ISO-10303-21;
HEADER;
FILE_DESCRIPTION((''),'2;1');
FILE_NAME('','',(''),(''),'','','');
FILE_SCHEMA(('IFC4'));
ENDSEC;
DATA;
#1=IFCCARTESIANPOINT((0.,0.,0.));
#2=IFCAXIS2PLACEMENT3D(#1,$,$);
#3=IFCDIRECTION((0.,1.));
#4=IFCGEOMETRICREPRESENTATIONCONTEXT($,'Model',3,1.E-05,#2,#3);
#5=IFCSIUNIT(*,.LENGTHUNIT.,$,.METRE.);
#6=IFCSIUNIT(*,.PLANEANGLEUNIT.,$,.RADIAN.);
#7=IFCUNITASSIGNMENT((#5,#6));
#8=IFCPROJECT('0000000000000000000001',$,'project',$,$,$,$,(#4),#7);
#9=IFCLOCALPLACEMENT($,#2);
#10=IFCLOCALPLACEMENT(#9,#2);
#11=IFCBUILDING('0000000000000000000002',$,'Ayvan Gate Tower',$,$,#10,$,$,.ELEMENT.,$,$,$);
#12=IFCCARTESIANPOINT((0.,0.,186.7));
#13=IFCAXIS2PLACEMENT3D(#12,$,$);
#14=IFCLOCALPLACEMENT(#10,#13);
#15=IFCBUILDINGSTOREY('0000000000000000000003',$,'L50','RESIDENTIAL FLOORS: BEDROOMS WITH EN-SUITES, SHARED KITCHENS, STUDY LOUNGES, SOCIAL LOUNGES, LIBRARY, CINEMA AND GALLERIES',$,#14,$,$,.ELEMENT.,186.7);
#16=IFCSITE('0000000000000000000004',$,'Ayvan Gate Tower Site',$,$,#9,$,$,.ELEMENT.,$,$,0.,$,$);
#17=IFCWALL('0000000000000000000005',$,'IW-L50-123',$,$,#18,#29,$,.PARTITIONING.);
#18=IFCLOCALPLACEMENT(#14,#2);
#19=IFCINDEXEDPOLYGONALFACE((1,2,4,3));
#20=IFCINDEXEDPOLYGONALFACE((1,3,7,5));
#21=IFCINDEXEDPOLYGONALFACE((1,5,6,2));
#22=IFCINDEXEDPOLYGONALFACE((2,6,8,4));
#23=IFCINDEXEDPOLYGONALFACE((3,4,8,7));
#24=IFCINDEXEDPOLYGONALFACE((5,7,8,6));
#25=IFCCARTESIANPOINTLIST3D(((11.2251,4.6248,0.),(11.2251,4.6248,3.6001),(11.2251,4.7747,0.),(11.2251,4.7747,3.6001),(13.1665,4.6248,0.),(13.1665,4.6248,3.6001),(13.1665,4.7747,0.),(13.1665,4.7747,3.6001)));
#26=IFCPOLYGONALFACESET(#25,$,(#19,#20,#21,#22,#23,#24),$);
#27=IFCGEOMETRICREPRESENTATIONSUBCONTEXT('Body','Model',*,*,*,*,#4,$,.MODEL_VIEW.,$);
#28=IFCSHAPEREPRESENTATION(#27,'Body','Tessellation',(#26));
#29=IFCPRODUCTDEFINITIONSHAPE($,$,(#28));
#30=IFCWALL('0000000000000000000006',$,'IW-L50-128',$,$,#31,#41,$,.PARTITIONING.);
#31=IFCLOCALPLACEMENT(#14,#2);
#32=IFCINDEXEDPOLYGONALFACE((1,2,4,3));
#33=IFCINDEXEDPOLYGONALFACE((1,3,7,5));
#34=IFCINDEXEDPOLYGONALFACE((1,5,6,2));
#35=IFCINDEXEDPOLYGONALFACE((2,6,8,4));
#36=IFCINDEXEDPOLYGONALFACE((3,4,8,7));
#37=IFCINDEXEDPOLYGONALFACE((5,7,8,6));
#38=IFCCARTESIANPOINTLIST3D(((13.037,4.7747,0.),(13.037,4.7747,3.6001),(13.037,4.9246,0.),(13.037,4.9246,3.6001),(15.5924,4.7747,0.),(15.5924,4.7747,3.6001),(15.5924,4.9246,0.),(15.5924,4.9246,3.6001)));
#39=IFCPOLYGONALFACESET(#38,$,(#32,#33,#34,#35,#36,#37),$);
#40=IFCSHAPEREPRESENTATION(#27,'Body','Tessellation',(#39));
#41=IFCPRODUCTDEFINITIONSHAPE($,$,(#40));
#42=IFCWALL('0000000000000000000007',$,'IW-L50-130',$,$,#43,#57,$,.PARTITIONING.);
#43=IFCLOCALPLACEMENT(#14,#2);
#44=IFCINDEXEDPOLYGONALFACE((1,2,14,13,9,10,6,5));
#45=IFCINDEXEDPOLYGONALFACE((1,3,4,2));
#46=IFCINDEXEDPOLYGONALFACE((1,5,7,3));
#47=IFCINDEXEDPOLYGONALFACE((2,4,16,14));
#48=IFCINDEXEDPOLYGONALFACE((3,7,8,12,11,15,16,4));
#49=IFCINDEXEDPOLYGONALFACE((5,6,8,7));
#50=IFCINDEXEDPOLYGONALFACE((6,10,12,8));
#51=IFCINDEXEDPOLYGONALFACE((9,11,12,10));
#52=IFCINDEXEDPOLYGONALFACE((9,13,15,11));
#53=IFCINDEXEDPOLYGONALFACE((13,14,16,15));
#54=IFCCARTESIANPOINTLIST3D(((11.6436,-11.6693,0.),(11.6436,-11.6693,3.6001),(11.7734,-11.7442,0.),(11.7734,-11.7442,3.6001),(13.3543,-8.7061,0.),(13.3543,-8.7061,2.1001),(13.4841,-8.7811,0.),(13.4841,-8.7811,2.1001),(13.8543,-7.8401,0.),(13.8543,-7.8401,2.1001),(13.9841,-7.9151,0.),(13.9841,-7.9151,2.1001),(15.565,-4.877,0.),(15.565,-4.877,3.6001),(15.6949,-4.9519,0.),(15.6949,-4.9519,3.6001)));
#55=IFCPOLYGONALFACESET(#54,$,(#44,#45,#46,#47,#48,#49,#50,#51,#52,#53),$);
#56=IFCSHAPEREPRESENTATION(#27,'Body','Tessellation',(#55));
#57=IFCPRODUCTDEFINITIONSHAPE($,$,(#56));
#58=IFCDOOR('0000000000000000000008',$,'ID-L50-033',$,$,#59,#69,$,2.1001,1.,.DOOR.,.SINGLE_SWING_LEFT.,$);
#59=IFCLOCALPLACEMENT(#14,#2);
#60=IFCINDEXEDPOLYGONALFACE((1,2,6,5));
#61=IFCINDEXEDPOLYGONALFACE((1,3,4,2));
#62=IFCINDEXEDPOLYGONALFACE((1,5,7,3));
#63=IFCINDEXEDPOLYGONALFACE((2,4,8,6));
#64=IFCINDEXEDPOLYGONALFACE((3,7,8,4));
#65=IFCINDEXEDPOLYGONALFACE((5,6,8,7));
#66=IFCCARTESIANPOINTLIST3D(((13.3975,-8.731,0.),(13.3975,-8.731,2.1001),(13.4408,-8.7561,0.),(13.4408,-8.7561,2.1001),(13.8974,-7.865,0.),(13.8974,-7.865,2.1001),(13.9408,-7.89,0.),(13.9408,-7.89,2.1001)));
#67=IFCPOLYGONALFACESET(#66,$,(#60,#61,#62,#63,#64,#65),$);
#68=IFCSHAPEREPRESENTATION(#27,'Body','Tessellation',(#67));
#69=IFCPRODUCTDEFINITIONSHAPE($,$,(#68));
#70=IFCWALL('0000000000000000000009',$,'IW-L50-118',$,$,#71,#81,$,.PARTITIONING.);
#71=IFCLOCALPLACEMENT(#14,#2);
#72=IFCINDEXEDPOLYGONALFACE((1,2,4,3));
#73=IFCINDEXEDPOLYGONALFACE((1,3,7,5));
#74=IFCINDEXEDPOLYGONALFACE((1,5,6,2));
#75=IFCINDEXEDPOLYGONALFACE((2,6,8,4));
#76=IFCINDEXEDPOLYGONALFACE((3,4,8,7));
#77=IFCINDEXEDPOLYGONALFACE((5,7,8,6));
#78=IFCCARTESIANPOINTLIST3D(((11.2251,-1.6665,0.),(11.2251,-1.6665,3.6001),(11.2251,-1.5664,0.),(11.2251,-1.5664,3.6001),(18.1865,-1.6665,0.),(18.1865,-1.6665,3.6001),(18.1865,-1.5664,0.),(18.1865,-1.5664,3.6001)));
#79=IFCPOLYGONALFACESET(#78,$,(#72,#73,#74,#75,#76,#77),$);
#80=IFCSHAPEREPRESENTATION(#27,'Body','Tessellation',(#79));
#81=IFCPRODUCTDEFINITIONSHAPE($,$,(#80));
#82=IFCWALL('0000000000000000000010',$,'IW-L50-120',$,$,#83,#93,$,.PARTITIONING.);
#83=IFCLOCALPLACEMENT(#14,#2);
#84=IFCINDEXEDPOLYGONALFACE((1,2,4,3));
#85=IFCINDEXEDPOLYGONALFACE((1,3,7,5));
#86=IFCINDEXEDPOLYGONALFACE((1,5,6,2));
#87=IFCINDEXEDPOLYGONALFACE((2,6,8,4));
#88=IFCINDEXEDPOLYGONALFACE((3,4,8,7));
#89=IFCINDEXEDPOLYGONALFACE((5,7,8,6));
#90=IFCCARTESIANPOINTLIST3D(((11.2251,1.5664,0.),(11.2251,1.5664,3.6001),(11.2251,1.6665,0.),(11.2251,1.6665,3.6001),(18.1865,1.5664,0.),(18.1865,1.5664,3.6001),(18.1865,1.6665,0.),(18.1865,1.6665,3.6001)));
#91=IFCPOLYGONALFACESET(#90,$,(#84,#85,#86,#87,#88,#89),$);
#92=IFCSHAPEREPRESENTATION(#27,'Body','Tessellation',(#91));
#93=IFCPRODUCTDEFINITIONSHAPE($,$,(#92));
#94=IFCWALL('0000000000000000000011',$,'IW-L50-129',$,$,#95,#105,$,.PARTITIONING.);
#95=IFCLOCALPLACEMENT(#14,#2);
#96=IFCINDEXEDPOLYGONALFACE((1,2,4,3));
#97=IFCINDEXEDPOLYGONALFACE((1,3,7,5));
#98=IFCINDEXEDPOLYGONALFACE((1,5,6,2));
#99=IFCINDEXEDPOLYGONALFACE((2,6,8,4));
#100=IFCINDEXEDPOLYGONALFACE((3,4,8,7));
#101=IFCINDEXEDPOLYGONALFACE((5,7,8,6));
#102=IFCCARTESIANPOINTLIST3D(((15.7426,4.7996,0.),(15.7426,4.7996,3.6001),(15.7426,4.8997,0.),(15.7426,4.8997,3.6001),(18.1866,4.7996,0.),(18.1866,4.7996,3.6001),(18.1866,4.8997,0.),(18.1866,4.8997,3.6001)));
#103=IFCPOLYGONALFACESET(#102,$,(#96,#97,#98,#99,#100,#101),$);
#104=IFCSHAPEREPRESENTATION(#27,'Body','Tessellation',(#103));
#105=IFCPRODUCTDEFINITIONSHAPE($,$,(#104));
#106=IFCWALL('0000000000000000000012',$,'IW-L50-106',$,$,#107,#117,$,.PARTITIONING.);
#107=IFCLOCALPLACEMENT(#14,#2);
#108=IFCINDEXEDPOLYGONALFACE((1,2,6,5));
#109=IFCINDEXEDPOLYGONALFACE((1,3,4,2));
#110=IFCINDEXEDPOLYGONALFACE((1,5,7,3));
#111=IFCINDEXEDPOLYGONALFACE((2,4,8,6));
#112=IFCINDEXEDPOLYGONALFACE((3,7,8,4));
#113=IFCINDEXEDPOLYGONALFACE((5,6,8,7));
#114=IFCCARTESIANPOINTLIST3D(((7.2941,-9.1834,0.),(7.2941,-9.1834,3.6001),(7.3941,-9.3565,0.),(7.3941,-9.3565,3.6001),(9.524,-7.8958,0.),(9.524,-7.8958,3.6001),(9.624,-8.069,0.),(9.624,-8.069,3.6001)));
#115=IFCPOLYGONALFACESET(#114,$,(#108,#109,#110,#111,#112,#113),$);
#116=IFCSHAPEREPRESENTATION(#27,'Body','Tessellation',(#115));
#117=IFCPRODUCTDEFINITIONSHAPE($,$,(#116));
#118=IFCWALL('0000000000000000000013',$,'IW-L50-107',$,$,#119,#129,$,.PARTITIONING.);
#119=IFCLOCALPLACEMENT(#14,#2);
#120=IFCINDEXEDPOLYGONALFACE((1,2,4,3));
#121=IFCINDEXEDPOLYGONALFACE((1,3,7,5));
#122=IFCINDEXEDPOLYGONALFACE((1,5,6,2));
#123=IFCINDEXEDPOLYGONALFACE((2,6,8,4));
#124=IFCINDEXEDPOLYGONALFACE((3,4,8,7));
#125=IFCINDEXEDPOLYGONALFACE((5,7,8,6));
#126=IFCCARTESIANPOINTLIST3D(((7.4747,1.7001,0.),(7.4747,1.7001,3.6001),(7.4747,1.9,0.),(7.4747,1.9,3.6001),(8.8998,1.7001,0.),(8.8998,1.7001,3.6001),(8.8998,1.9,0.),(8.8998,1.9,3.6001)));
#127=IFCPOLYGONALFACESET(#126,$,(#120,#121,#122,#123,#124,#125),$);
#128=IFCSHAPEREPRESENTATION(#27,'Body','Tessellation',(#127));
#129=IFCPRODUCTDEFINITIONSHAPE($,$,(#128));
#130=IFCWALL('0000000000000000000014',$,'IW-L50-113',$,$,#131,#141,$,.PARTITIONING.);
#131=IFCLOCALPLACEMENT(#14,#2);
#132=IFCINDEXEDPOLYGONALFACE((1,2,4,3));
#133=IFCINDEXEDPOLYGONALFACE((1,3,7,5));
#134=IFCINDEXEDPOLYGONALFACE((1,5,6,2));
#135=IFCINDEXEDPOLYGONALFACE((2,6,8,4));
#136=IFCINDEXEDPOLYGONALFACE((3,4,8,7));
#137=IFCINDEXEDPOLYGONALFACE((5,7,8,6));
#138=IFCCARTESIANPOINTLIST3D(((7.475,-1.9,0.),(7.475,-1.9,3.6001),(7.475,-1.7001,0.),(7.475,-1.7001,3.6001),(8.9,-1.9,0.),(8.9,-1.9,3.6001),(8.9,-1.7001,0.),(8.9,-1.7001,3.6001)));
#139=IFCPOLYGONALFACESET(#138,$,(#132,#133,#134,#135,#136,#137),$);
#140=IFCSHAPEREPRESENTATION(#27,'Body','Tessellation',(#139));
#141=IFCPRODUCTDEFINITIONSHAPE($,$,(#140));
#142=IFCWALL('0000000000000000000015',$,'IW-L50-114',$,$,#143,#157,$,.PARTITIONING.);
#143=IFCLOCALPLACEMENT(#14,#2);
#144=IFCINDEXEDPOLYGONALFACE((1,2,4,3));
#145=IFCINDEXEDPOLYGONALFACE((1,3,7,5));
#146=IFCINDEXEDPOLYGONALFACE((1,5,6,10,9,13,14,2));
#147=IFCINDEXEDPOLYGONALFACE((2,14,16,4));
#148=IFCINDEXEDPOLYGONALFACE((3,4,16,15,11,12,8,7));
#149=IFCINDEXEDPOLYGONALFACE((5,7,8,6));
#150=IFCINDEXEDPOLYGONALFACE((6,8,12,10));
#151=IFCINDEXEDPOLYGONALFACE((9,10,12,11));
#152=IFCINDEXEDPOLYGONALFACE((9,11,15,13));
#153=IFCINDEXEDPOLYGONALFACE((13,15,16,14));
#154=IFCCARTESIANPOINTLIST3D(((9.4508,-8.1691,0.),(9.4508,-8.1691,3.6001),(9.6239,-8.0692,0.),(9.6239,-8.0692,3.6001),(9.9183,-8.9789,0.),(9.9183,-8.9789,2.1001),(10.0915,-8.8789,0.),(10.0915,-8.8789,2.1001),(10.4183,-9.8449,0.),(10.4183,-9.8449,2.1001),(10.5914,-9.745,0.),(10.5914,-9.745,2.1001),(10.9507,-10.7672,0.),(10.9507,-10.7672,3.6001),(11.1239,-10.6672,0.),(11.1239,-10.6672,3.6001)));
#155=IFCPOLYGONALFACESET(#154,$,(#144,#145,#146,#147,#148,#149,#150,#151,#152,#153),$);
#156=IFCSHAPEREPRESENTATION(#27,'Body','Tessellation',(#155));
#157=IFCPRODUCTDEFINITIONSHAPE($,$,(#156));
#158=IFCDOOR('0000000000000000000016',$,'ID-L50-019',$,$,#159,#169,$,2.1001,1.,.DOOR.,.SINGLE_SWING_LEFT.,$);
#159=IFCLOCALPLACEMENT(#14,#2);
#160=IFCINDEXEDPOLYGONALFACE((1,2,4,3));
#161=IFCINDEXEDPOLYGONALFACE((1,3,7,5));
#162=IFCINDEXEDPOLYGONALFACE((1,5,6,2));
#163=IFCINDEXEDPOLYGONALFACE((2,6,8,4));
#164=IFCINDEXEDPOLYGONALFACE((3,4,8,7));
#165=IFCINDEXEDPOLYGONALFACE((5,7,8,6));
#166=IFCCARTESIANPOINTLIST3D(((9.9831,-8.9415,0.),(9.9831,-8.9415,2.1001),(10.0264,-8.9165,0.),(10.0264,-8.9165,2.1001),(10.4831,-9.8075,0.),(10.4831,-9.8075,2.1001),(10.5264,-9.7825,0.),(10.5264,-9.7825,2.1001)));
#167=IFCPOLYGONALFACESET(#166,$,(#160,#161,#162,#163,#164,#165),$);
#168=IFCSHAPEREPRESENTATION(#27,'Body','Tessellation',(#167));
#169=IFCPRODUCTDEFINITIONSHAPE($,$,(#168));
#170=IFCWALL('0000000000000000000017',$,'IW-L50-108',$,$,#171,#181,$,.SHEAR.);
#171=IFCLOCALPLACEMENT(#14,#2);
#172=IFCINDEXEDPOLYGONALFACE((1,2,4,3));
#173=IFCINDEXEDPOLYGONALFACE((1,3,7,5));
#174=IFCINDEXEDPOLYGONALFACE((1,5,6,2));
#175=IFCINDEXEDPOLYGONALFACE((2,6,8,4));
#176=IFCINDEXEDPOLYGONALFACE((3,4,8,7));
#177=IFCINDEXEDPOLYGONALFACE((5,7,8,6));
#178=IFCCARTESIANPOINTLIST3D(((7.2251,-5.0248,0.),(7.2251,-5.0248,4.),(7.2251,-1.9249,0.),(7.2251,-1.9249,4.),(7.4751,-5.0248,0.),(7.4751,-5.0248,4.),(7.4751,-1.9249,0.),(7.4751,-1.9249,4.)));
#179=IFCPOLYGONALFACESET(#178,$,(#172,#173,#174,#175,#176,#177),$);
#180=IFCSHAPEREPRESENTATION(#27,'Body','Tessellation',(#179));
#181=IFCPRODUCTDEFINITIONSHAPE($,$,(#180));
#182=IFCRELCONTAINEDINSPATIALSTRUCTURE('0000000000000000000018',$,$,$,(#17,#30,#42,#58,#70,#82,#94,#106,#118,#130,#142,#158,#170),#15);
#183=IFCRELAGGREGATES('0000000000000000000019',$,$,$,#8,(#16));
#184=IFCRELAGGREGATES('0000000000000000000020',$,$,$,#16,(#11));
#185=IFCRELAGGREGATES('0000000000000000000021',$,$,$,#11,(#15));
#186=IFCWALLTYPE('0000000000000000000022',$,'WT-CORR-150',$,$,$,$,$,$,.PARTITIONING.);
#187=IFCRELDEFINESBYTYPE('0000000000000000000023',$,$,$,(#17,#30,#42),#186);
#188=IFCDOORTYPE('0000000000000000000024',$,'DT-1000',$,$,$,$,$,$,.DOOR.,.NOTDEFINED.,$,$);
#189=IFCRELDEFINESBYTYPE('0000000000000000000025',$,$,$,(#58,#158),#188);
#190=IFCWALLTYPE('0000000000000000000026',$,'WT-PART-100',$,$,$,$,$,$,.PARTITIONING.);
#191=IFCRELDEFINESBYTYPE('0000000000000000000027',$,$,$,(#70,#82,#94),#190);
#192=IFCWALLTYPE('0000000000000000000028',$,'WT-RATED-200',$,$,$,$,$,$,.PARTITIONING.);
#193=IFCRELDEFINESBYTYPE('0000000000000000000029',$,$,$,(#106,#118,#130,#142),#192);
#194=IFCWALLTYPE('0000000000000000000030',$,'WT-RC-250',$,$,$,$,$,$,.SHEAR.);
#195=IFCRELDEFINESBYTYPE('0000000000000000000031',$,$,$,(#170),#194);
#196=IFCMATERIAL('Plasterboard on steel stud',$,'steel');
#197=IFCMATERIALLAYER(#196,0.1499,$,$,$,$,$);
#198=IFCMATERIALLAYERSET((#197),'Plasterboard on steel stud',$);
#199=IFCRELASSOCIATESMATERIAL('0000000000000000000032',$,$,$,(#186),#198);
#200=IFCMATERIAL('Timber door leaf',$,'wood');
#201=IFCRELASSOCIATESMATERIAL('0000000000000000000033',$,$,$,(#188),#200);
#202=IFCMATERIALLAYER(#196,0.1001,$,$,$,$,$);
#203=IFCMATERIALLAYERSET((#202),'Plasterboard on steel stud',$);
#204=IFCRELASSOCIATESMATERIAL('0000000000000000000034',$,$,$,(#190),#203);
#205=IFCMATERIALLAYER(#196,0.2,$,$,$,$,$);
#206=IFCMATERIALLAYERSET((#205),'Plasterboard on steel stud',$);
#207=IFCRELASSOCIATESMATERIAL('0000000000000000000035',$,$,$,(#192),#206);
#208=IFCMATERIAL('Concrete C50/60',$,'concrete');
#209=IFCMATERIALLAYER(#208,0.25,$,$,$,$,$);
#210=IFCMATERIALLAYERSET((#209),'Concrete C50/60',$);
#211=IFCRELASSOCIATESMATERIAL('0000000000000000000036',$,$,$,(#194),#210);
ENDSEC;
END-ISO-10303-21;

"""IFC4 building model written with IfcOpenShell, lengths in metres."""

from ifc_helpers import new_model, si_unit, direction, frame, frame_2d, origin, place, context, subcontext, project, spatial, rectangle, extrude, material, layer, layer_set, type_object, element, fill, save


model = new_model("IFC4")

# Units and contexts
model_context = context("Model", 3, precision=1e-05, world=origin(), true_north=direction((0.0, 1.0)))
body_context = subcontext(model_context, "Body", "Model", "MODEL_VIEW")
ifc_project = project(units=[si_unit("LENGTHUNIT", "METRE"), si_unit("PLANEANGLEUNIT", "RADIAN")], contexts=[model_context])

# Site, building, storey
site_placement = place(None, origin())
site = spatial("IfcSite", under=ifc_project, at=site_placement, Name="Ayvan Gate Tower Site", CompositionType="ELEMENT", RefElevation=0.0)
building_placement = place(site_placement, origin())
building = spatial("IfcBuilding", under=site, at=building_placement, Name="Ayvan Gate Tower", CompositionType="ELEMENT")
storey_placement = place(building_placement, frame((0.0, 0.0, 186.7)))
storey = spatial("IfcBuildingStorey", under=building, at=storey_placement, Name="L50", Description="RESIDENTIAL FLOORS: BEDROOMS WITH EN-SUITES, SHARED KITCHENS, STUDY LOUNGES, SOCIAL LOUNGES, LIBRARY, CINEMA AND GALLERIES", CompositionType="ELEMENT", Elevation=186.7)

# Shared definitions
ifc_material_1 = material(Name="Timber door leaf", Category="wood")
ifc_material_2 = material(Name="Plasterboard on steel stud", Category="steel")
ifc_layer_1 = layer(ifc_material_2, 0.1499)
ifc_layer_set_1 = layer_set([ifc_layer_1], Name="Plasterboard on steel stud")
wall_type_1 = type_object("IfcWallType", Name="WT-CORR-150", PredefinedType="PARTITIONING", material=ifc_layer_set_1)
door_type_1 = type_object("IfcDoorType", Name="DT-1000", OperationType="NOTDEFINED", PredefinedType="DOOR", material=ifc_material_1)

# Walls
wall_1_placement = place(storey_placement, frame((13.1665, 4.6997, 0.0), z_axis=(0.0, 0.0, 1.0), x_axis=(-1.0, 0.0, 0.0)))
element("IfcWall", 1, at=wall_1_placement, inside=storey, type_object=wall_type_1, Name="IW-L50-123", PredefinedType="PARTITIONING", context=body_context, shape_type="SweptSolid", body=[
    extrude(rectangle(XDim=1.9414, YDim=0.1499, at=frame_2d((0.9707, 0.0))), origin(), (0.0, 0.0, 1.0), 3.6001),
])
wall_2_placement = place(storey_placement, frame((15.5925, 4.8496, 0.0), z_axis=(0.0, 0.0, 1.0), x_axis=(-1.0, 0.0, 0.0)))
element("IfcWall", 2, at=wall_2_placement, inside=storey, type_object=wall_type_1, Name="IW-L50-128", PredefinedType="PARTITIONING", context=body_context, shape_type="SweptSolid", body=[
    extrude(rectangle(XDim=2.5554, YDim=0.1499, at=frame_2d((1.2778, 0.0))), origin(), (0.0, 0.0, 1.0), 3.6001),
])

# Wall, opening, door
wall_3_placement = place(storey_placement, frame((15.6299, -4.9146, 0.0), z_axis=(0.0, 0.0, 1.0), x_axis=(-0.499989, -0.866032, 0.0)))
wall_3 = element("IfcWall", 3, at=wall_3_placement, inside=storey, type_object=wall_type_1, Name="IW-L50-130", PredefinedType="PARTITIONING", context=body_context, shape_type="SweptSolid", body=[
    extrude(rectangle(XDim=7.843, YDim=0.1499, at=frame_2d((3.9214, 0.0))), origin(), (0.0, 0.0, 1.0), 3.6001),
])
opening_1_placement = place(wall_3_placement, frame((3.4214, 0.0, 0.0)))
opening_1 = element("IfcOpeningElement", 4, at=opening_1_placement, cuts=wall_3, PredefinedType="OPENING", context=body_context, shape_type="SweptSolid", body=[
    extrude(rectangle(XDim=1.0, YDim=2.1001, at=frame_2d((0.5, 1.05))), frame((0.0, 0.085, 0.0), z_axis=(0.0, -1.0, 0.0), x_axis=(1.0, 0.0, 0.0)), (0.0, 0.0, 1.0), 0.1699),
])
door_1_placement = place(opening_1_placement, origin())
door_1 = element("IfcDoor", 5, at=door_1_placement, inside=storey, type_object=door_type_1, Name="ID-L50-033", OperationType="SINGLE_SWING_LEFT", OverallHeight=2.1001, OverallWidth=1.0, PredefinedType="DOOR", context=body_context, shape_type="SweptSolid", body=[
    extrude(rectangle(XDim=1.0, YDim=2.1001, at=frame_2d((0.5, 1.05))), frame((0.0, 0.0249, 0.0), z_axis=(0.0, -1.0, 0.0), x_axis=(1.0, 0.0, 0.0)), (0.0, 0.0, 1.0), 0.05),
])
fill(opening_1, door_1)

# Walls
ifc_layer_2 = layer(ifc_material_2, 0.1001)
ifc_layer_set_2 = layer_set([ifc_layer_2], Name="Plasterboard on steel stud")
wall_type_2 = type_object("IfcWallType", Name="WT-PART-100", PredefinedType="PARTITIONING", material=ifc_layer_set_2)
for number, where, z_axis, x_axis, name in (
    (6, (11.2251, -1.6165, 0.0), (0.0, 0.0, 1.0), (1.0, 0.0, 0.0), "IW-L50-118"),
    (7, (11.2251, 1.6165, 0.0), (0.0, 0.0, 1.0), (1.0, 0.0, 0.0), "IW-L50-120"),
):
    element("IfcWall", number, at=place(storey_placement, frame(where, z_axis=z_axis, x_axis=x_axis)), inside=storey, type_object=wall_type_2, Name=name, PredefinedType="PARTITIONING", context=body_context, shape_type="SweptSolid", body=[
        extrude(rectangle(XDim=6.9614, YDim=0.1001, at=frame_2d((3.4807, 0.0))), origin(), (0.0, 0.0, 1.0), 3.6001),
    ])
wall_4_placement = place(storey_placement, frame((15.7424, 4.8496, 0.0), z_axis=(0.0, 0.0, 1.0), x_axis=(1.0, 0.0, 0.0)))
element("IfcWall", 8, at=wall_4_placement, inside=storey, type_object=wall_type_2, Name="IW-L50-129", PredefinedType="PARTITIONING", context=body_context, shape_type="SweptSolid", body=[
    extrude(rectangle(XDim=2.4441, YDim=0.1001, at=frame_2d((1.2222, 0.0))), origin(), (0.0, 0.0, 1.0), 3.6001),
])
ifc_layer_3 = layer(ifc_material_2, 0.2)
ifc_layer_set_3 = layer_set([ifc_layer_3], Name="Plasterboard on steel stud")
wall_type_3 = type_object("IfcWallType", Name="WT-RATED-200", PredefinedType="PARTITIONING", material=ifc_layer_set_3)
wall_5_placement = place(storey_placement, frame((7.344, -9.27, 0.0), z_axis=(0.0, 0.0, 1.0), x_axis=(0.866006, 0.500034, 0.0)))
element("IfcWall", 9, at=wall_5_placement, inside=storey, type_object=wall_type_3, Name="IW-L50-106", PredefinedType="PARTITIONING", context=body_context, shape_type="SweptSolid", body=[
    extrude(rectangle(XDim=2.575, YDim=0.2, at=frame_2d((1.2876, 0.0))), origin(), (0.0, 0.0, 1.0), 3.6001),
])
for number, where, z_axis, x_axis, name in (
    (10, (7.4749, 1.8, 0.0), (0.0, 0.0, 1.0), (1.0, 0.0, 0.0), "IW-L50-107"),
    (11, (8.8999, -1.8, 0.0), (0.0, 0.0, 1.0), (-1.0, 0.0, 0.0), "IW-L50-113"),
):
    element("IfcWall", number, at=place(storey_placement, frame(where, z_axis=z_axis, x_axis=x_axis)), inside=storey, type_object=wall_type_3, Name=name, PredefinedType="PARTITIONING", context=body_context, shape_type="SweptSolid", body=[
        extrude(rectangle(XDim=1.425, YDim=0.2, at=frame_2d((0.7124, 0.0))), origin(), (0.0, 0.0, 1.0), 3.6001),
    ])

# Wall, opening, door
wall_6_placement = place(storey_placement, frame((9.5374, -8.1191, 0.0), z_axis=(0.0, 0.0, 1.0), x_axis=(0.49999, -0.866031, 0.0)))
wall_6 = element("IfcWall", 12, at=wall_6_placement, inside=storey, type_object=wall_type_3, Name="IW-L50-114", PredefinedType="PARTITIONING", context=body_context, shape_type="SweptSolid", body=[
    extrude(rectangle(XDim=3.0, YDim=0.2, at=frame_2d((1.5, 0.0))), origin(), (0.0, 0.0, 1.0), 3.6001),
])
opening_2_placement = place(wall_6_placement, frame((0.9351, 0.0, 0.0)))
opening_2 = element("IfcOpeningElement", 13, at=opening_2_placement, cuts=wall_6, PredefinedType="OPENING", context=body_context, shape_type="SweptSolid", body=[
    extrude(rectangle(XDim=1.0, YDim=2.1001, at=frame_2d((0.5, 1.05))), frame((0.0, 0.1099, 0.0), z_axis=(0.0, -1.0, 0.0), x_axis=(1.0, 0.0, 0.0)), (0.0, 0.0, 1.0), 0.22),
])
door_2_placement = place(opening_2_placement, origin())
door_2 = element("IfcDoor", 14, at=door_2_placement, inside=storey, type_object=door_type_1, Name="ID-L50-019", OperationType="SINGLE_SWING_LEFT", OverallHeight=2.1001, OverallWidth=1.0, PredefinedType="DOOR", context=body_context, shape_type="SweptSolid", body=[
    extrude(rectangle(XDim=1.0, YDim=2.1001, at=frame_2d((0.5, 1.05))), frame((0.0, 0.0249, 0.0), z_axis=(0.0, -1.0, 0.0), x_axis=(1.0, 0.0, 0.0)), (0.0, 0.0, 1.0), 0.05),
])
fill(opening_2, door_2)

# Wall
ifc_material_3 = material(Name="Concrete C50/60", Category="concrete")
ifc_layer_4 = layer(ifc_material_3, 0.25)
ifc_layer_set_4 = layer_set([ifc_layer_4], Name="Concrete C50/60")
wall_type_4 = type_object("IfcWallType", Name="WT-RC-250", PredefinedType="SHEAR", material=ifc_layer_set_4)
for number, where, z_axis, x_axis, name in (
    (15, (7.3501, -1.925, 0.0), (0.0, 0.0, 1.0), (0.0, -1.0, 0.0), "IW-L50-108"),
):
    element("IfcWall", number, at=place(storey_placement, frame(where, z_axis=z_axis, x_axis=x_axis)), inside=storey, type_object=wall_type_4, Name=name, PredefinedType="SHEAR", context=body_context, shape_type="SweptSolid", body=[
        extrude(rectangle(XDim=3.0999, YDim=0.25, at=frame_2d((1.5498, 0.0))), origin(), (0.0, 0.0, 1.0), 4.0),
    ])

save(model, "model.ifc")
